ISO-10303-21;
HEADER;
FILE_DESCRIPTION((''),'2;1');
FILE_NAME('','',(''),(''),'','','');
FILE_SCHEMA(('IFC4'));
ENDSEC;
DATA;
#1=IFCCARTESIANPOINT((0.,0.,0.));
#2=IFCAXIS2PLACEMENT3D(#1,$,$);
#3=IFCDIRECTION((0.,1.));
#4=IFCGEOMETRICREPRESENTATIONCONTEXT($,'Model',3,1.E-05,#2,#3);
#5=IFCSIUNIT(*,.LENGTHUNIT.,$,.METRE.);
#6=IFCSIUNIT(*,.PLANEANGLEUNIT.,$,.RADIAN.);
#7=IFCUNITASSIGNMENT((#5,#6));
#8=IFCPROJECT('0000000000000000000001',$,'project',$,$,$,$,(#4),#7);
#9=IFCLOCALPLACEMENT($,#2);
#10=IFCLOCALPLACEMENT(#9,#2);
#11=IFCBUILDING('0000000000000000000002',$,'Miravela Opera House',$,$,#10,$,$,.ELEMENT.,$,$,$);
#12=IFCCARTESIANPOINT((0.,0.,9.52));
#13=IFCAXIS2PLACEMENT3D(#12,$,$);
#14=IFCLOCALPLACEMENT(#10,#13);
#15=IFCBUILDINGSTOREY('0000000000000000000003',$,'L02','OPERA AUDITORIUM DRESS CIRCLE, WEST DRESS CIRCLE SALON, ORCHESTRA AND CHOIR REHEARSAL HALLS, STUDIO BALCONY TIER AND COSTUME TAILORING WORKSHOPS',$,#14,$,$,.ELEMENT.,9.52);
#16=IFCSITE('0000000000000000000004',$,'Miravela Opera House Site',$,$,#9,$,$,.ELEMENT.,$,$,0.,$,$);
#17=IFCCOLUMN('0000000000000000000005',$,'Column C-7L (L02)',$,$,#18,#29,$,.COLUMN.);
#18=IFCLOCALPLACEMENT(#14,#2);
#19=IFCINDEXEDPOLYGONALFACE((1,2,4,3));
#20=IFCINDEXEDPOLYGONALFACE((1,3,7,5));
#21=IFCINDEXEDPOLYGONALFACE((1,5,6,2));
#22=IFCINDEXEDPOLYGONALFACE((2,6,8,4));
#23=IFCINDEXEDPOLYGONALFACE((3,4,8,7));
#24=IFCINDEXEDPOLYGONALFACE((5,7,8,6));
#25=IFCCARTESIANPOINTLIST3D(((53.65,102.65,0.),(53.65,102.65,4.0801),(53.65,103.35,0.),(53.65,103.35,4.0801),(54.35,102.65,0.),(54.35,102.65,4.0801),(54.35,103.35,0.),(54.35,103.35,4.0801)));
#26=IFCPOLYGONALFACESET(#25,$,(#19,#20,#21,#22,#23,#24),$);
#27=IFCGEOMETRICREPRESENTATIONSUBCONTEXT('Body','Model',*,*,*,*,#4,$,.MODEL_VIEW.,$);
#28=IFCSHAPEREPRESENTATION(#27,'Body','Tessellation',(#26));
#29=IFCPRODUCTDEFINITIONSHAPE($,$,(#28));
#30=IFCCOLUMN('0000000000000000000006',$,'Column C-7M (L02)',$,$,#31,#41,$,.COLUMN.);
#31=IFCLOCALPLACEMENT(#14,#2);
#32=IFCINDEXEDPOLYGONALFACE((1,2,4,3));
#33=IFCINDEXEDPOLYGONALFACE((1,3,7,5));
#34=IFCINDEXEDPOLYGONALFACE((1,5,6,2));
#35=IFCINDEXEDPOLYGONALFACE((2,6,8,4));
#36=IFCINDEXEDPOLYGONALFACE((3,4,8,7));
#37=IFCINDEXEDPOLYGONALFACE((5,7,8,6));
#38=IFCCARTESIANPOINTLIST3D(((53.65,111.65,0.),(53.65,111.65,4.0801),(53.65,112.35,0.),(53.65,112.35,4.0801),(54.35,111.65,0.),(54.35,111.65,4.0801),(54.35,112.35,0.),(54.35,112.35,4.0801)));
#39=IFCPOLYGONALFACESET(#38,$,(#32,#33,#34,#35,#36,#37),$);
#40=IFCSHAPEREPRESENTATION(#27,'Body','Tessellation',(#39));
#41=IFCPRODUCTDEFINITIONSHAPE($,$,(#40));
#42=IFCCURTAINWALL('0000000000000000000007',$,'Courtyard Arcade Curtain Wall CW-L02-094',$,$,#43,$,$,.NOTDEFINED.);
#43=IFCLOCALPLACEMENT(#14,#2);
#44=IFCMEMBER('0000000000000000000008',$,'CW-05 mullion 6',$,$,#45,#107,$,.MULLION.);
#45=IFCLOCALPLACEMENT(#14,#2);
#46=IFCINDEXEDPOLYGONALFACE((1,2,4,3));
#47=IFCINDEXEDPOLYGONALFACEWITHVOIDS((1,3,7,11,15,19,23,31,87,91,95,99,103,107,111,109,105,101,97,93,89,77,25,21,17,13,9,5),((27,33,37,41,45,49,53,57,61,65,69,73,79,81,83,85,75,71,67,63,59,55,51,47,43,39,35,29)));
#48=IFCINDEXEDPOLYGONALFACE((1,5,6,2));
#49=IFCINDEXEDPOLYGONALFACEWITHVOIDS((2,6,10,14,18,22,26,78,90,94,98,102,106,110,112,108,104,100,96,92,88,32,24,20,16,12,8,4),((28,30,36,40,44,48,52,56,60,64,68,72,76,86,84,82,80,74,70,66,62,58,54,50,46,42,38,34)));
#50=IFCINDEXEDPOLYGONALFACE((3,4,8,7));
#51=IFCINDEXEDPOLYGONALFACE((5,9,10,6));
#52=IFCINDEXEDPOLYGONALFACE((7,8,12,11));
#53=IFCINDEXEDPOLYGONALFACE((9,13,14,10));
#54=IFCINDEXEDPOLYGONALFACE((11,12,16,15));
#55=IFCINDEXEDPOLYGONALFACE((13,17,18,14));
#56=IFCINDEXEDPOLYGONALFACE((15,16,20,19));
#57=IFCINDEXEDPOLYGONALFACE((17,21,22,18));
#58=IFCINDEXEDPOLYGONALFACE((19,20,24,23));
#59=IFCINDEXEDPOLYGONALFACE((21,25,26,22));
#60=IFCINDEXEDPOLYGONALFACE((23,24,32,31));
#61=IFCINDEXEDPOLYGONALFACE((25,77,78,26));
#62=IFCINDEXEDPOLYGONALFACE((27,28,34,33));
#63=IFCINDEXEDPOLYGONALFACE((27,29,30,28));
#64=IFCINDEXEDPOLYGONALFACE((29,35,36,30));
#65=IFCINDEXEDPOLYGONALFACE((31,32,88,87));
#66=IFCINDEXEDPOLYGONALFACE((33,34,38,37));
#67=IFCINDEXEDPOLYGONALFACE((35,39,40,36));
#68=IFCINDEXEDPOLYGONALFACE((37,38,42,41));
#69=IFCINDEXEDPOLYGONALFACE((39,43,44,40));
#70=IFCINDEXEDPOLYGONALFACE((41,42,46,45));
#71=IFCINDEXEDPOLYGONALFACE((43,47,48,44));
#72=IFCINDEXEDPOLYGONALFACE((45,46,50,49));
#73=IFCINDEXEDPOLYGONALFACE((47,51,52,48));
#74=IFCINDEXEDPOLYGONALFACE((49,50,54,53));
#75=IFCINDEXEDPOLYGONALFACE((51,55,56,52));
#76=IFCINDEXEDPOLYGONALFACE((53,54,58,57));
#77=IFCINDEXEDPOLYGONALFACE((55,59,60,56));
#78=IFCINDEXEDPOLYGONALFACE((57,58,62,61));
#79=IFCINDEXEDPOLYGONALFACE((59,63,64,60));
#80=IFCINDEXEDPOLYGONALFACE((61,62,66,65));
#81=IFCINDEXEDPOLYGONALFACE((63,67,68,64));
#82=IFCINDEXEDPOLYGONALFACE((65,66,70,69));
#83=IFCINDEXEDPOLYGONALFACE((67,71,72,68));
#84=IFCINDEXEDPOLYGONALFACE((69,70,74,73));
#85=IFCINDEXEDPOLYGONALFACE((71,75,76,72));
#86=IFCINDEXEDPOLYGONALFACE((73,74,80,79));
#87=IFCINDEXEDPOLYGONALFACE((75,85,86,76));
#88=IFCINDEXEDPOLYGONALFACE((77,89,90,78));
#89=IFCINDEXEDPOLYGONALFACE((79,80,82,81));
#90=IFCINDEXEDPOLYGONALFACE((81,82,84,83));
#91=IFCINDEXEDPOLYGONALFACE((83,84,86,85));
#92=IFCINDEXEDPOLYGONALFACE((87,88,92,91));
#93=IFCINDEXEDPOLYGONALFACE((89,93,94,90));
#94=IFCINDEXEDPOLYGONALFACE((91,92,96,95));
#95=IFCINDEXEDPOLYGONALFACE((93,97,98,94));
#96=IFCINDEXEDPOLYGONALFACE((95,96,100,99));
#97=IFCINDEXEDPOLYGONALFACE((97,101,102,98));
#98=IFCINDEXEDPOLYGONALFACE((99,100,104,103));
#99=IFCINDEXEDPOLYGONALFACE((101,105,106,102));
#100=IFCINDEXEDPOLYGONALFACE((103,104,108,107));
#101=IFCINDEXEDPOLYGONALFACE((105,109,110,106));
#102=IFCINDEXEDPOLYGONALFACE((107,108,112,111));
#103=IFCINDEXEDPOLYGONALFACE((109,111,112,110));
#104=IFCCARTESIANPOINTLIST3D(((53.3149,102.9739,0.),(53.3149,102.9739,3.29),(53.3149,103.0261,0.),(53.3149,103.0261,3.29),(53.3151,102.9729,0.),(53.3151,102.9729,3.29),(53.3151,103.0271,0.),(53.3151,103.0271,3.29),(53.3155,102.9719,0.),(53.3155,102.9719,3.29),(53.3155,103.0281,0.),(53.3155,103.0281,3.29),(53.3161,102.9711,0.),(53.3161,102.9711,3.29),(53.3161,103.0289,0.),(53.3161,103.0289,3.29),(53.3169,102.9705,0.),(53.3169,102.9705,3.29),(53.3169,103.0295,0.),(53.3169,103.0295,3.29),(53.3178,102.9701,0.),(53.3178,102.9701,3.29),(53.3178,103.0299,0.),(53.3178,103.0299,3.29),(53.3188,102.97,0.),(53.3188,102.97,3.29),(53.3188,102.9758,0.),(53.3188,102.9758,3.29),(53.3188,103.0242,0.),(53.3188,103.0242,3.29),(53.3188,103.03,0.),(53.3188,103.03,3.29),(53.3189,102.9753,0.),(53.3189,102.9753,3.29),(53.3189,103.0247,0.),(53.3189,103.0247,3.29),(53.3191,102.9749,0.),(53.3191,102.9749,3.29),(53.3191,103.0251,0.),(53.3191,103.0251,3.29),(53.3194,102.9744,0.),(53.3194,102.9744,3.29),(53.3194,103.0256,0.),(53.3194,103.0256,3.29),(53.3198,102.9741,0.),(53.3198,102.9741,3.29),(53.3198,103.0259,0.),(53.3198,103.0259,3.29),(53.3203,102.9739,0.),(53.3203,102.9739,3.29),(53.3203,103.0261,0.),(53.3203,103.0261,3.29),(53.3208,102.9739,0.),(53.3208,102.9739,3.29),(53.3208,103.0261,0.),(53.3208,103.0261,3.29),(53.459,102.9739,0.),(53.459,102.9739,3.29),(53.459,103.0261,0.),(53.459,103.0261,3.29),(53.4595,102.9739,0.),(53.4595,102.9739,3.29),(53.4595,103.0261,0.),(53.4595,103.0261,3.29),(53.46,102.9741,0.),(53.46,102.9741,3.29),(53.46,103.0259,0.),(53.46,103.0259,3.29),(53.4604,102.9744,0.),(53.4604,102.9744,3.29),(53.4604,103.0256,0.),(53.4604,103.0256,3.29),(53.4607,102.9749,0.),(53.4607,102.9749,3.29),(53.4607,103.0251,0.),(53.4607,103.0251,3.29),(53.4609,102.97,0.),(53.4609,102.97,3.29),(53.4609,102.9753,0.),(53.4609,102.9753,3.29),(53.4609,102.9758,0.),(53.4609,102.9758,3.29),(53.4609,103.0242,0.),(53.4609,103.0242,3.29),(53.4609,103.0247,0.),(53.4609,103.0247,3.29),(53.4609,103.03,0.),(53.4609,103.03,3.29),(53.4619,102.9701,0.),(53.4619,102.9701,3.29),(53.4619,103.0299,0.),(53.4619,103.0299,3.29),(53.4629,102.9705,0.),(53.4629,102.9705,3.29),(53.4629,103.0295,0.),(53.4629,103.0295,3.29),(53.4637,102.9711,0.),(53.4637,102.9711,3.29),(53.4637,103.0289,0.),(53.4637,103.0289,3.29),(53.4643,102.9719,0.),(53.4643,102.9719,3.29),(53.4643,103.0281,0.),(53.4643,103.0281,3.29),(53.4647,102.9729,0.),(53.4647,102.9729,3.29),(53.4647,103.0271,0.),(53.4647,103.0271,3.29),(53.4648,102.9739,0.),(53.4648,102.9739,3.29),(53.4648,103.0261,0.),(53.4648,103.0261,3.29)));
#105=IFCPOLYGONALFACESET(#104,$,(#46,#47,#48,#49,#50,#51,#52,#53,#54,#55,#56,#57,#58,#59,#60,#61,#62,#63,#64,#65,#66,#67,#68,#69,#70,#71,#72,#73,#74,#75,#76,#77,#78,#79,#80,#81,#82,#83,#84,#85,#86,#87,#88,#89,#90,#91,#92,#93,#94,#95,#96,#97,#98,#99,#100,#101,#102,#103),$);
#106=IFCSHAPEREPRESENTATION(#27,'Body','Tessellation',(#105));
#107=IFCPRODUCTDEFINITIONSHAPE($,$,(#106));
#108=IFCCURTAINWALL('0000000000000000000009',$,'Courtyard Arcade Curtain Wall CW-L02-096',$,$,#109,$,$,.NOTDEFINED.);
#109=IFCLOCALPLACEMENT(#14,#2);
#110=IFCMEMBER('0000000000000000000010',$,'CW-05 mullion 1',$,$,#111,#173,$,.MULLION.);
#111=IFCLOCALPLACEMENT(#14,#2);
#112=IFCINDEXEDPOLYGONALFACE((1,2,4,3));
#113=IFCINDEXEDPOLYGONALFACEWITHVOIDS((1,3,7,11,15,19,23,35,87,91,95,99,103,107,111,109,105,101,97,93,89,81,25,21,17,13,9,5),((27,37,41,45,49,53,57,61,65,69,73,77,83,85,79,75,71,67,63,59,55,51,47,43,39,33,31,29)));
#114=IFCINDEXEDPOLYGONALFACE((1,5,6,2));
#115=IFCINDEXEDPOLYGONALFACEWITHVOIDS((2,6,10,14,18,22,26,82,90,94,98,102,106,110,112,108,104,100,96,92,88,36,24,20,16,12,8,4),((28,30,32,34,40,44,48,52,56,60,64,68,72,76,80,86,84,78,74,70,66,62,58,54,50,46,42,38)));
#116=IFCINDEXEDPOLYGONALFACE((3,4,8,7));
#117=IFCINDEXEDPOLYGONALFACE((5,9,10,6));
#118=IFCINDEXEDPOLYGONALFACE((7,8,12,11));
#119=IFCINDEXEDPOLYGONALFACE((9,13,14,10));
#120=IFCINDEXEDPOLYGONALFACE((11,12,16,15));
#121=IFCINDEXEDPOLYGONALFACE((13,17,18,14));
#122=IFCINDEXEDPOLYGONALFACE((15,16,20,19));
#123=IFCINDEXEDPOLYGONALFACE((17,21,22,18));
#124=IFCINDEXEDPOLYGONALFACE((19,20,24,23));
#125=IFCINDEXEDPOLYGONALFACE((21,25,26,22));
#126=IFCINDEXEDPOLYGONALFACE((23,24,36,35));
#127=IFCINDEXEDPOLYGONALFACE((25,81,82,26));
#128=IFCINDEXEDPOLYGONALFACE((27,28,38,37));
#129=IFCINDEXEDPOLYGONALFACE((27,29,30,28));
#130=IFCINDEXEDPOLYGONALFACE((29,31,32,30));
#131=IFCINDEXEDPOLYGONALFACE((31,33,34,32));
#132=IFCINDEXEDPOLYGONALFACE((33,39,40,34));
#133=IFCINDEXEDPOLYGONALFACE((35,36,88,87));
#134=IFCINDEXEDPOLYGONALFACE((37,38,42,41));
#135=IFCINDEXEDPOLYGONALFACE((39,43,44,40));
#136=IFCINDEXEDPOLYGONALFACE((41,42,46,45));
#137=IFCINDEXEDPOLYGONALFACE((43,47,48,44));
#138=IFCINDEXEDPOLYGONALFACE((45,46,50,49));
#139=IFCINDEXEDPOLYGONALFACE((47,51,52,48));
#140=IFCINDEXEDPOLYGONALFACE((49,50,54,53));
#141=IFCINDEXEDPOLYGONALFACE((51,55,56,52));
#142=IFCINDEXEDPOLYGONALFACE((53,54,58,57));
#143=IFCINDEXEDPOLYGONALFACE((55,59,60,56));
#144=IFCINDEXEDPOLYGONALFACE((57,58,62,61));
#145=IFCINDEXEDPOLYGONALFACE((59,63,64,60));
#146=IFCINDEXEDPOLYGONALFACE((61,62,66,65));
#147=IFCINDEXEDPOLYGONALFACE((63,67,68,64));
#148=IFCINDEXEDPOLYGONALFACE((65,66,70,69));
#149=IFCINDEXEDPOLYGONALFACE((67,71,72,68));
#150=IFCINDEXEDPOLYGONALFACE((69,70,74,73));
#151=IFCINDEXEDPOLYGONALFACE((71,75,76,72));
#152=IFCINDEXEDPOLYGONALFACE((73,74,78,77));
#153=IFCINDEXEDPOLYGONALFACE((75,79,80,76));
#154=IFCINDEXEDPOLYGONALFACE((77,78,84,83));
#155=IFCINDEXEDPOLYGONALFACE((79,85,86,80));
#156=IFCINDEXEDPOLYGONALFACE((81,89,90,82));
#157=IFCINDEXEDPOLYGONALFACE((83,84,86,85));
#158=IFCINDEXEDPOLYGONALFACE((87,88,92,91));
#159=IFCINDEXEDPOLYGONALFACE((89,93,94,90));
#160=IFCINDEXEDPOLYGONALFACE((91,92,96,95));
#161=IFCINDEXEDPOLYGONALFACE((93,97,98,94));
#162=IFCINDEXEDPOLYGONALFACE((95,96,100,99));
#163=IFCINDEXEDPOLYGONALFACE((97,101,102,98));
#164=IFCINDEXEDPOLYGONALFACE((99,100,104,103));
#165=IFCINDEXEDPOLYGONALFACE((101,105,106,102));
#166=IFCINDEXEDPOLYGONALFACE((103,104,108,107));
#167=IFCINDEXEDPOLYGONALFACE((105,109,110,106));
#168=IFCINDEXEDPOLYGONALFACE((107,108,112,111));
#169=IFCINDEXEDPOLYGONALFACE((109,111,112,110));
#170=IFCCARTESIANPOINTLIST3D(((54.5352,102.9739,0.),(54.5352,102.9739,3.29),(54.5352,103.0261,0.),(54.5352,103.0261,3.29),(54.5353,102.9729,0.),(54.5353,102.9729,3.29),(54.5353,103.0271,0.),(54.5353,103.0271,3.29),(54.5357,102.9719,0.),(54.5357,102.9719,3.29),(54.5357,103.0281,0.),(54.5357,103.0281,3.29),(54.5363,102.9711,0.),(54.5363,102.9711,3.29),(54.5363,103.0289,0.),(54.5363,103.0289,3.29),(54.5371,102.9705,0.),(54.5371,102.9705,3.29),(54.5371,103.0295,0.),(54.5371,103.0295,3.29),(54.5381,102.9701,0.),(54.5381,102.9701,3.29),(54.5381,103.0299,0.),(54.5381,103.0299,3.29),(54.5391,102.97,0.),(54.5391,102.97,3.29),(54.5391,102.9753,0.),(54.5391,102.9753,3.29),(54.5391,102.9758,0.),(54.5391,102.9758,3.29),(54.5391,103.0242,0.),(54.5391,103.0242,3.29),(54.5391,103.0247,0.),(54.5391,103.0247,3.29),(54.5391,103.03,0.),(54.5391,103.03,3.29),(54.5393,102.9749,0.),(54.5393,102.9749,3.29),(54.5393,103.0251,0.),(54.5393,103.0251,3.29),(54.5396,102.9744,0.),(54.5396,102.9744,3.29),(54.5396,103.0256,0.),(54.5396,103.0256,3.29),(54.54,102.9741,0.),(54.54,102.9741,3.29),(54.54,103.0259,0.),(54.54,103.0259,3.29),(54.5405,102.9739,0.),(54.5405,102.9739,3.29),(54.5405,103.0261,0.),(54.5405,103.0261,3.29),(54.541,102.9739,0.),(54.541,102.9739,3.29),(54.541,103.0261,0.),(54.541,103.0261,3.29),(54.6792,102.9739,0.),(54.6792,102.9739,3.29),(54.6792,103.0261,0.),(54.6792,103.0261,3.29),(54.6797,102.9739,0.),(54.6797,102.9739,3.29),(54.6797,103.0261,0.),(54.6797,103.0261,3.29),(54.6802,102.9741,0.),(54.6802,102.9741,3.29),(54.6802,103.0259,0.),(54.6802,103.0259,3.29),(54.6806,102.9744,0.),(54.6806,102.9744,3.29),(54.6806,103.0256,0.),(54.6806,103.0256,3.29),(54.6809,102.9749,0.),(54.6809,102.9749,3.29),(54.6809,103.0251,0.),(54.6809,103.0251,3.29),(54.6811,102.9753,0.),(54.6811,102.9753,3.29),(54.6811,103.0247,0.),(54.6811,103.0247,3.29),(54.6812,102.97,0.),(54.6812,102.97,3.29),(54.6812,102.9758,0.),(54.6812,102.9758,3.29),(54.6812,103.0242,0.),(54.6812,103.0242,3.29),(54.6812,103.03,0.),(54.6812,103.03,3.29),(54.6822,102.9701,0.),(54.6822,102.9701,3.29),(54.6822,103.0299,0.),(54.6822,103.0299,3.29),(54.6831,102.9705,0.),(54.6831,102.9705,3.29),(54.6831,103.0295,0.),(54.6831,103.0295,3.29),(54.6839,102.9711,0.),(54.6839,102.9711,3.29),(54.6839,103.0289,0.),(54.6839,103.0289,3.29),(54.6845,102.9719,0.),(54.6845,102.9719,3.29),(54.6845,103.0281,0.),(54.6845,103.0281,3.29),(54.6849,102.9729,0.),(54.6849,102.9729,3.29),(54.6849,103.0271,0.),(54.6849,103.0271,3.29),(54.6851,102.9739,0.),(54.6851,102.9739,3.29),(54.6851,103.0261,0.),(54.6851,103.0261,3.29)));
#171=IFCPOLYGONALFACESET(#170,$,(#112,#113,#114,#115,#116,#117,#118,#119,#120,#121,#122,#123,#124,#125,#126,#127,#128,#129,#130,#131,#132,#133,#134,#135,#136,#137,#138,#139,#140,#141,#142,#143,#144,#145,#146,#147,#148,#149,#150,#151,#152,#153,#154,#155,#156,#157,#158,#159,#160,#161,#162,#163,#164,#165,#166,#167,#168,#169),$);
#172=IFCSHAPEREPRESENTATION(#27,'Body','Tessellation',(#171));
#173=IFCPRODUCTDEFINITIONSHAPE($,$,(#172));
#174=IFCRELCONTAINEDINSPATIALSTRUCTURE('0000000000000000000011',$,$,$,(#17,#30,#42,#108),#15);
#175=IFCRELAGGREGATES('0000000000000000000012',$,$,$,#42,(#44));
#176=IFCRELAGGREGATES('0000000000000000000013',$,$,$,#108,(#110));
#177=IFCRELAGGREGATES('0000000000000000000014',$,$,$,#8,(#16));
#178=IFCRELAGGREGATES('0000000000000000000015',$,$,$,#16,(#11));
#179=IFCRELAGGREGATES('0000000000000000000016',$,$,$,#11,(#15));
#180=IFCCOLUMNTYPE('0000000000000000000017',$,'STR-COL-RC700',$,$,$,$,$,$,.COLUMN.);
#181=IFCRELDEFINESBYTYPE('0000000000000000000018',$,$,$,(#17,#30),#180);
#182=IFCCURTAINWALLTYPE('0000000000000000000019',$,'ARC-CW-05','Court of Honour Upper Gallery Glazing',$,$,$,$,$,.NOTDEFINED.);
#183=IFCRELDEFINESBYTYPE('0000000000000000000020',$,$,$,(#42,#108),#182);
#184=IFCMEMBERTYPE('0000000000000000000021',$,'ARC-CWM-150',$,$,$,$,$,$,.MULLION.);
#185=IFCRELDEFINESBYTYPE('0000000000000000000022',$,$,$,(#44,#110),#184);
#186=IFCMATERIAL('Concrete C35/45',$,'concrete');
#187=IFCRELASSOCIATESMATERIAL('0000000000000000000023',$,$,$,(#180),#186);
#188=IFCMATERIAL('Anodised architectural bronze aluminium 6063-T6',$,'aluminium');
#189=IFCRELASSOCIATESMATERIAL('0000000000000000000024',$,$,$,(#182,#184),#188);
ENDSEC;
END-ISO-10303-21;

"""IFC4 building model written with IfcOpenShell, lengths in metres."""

from ifc_helpers import new_model, si_unit, direction, frame, origin, origin_2d, place, context, subcontext, project, spatial, rectangle, hollow_rectangle, extrude, material, material_profile, profile_set, type_object, element, aggregate, save


model = new_model("IFC4")

# Units and contexts
model_context = context("Model", 3, precision=1e-05, world=origin(), true_north=direction((0.0, 1.0)))
body_context = subcontext(model_context, "Body", "Model", "MODEL_VIEW")
ifc_project = project(units=[si_unit("LENGTHUNIT", "METRE"), si_unit("PLANEANGLEUNIT", "RADIAN")], contexts=[model_context])

# Site, building, storey
site_placement = place(None, origin())
site = spatial("IfcSite", under=ifc_project, at=site_placement, Name="Miravela Opera House Site", CompositionType="ELEMENT", RefElevation=0.0)
building_placement = place(site_placement, origin())
building = spatial("IfcBuilding", under=site, at=building_placement, Name="Miravela Opera House", CompositionType="ELEMENT")
storey_placement = place(building_placement, frame((0.0, 0.0, 9.52)))
storey = spatial("IfcBuildingStorey", under=building, at=storey_placement, Name="L02", Description="OPERA AUDITORIUM DRESS CIRCLE, WEST DRESS CIRCLE SALON, ORCHESTRA AND CHOIR REHEARSAL HALLS, STUDIO BALCONY TIER AND COSTUME TAILORING WORKSHOPS", CompositionType="ELEMENT", Elevation=9.52)

# Columns
ifc_material_1 = material(Name="Concrete C35/45", Category="concrete")
ifc_material_profile_1 = material_profile(ifc_material_1, rectangle(XDim=0.7, YDim=0.7, at=origin_2d()), Name="RC-COL-700X700")
ifc_profile_set_1 = profile_set([ifc_material_profile_1])
column_type = type_object("IfcColumnType", Name="STR-COL-RC700", PredefinedType="COLUMN", material=ifc_profile_set_1)
for number, where, z_axis, x_axis, name in (
    (1, (54.0, 103.0, 0.0), (0.0, 0.0, 1.0), (1.0, 0.0, 0.0), "Column C-7L (L02)"),
    (2, (54.0, 112.0, 0.0), (0.0, 0.0, 1.0), (1.0, 0.0, 0.0), "Column C-7M (L02)"),
):
    element("IfcColumn", number, at=place(storey_placement, frame(where, z_axis=z_axis, x_axis=x_axis)), inside=storey, type_object=column_type, Name=name, PredefinedType="COLUMN", context=body_context, shape_type="SweptSolid", body=[
        extrude(rectangle(XDim=0.7, YDim=0.7, at=origin_2d()), origin(), (0.0, 0.0, 1.0), 4.0801),
    ])

# Curtain wall, member
ifc_material_2 = material(Name="Anodised architectural bronze aluminium 6063-T6", Category="aluminium")
curtain_wall_type = type_object("IfcCurtainWallType", Name="ARC-CW-05", Description="Court of Honour Upper Gallery Glazing", PredefinedType="NOTDEFINED", material=ifc_material_2)
curtain_wall_1_placement = place(storey_placement, origin())
curtain_wall_1 = element("IfcCurtainWall", 3, at=curtain_wall_1_placement, inside=storey, type_object=curtain_wall_type, Name="Courtyard Arcade Curtain Wall CW-L02-094", PredefinedType="NOTDEFINED")
ifc_material_profile_2 = material_profile(ifc_material_2, hollow_rectangle(XDim=0.0601, YDim=0.1499, WallThickness=0.0039, InnerFilletRadius=0.002, OuterFilletRadius=0.0039, at=origin_2d()), Name="CWM-60X150")
ifc_profile_set_2 = profile_set([ifc_material_profile_2])
member_type_1 = type_object("IfcMemberType", Name="ARC-CWM-150", PredefinedType="MULLION", material=ifc_profile_set_2)
member_1_placement = place(storey_placement, frame((53.3899, 103.0, 0.0), z_axis=(0.0, 0.0, 1.0), x_axis=(0.0, 1.0, 0.0)))
member_1 = element("IfcMember", 4, at=member_1_placement, type_object=member_type_1, Name="CW-05 mullion 6", PredefinedType="MULLION", context=body_context, shape_type="SweptSolid", body=[
    extrude(hollow_rectangle(XDim=0.0601, YDim=0.1499, WallThickness=0.0039, InnerFilletRadius=0.002, OuterFilletRadius=0.0039, at=origin_2d()), origin(), (0.0, 0.0, 1.0), 3.29),
])

# Curtain wall, member
curtain_wall_2_placement = place(storey_placement, origin())
curtain_wall_2 = element("IfcCurtainWall", 5, at=curtain_wall_2_placement, inside=storey, type_object=curtain_wall_type, Name="Courtyard Arcade Curtain Wall CW-L02-096", PredefinedType="NOTDEFINED")
member_2_placement = place(storey_placement, frame((54.6101, 103.0, 0.0), z_axis=(0.0, 0.0, 1.0), x_axis=(0.0, 1.0, 0.0)))
member_2 = element("IfcMember", 6, at=member_2_placement, type_object=member_type_1, Name="CW-05 mullion 1", PredefinedType="MULLION", context=body_context, shape_type="SweptSolid", body=[
    extrude(hollow_rectangle(XDim=0.0601, YDim=0.1499, WallThickness=0.0039, InnerFilletRadius=0.002, OuterFilletRadius=0.0039, at=origin_2d()), origin(), (0.0, 0.0, 1.0), 3.29),
])

aggregate(curtain_wall_1, [member_1])
aggregate(curtain_wall_2, [member_2])

save(model, "model.ifc")
